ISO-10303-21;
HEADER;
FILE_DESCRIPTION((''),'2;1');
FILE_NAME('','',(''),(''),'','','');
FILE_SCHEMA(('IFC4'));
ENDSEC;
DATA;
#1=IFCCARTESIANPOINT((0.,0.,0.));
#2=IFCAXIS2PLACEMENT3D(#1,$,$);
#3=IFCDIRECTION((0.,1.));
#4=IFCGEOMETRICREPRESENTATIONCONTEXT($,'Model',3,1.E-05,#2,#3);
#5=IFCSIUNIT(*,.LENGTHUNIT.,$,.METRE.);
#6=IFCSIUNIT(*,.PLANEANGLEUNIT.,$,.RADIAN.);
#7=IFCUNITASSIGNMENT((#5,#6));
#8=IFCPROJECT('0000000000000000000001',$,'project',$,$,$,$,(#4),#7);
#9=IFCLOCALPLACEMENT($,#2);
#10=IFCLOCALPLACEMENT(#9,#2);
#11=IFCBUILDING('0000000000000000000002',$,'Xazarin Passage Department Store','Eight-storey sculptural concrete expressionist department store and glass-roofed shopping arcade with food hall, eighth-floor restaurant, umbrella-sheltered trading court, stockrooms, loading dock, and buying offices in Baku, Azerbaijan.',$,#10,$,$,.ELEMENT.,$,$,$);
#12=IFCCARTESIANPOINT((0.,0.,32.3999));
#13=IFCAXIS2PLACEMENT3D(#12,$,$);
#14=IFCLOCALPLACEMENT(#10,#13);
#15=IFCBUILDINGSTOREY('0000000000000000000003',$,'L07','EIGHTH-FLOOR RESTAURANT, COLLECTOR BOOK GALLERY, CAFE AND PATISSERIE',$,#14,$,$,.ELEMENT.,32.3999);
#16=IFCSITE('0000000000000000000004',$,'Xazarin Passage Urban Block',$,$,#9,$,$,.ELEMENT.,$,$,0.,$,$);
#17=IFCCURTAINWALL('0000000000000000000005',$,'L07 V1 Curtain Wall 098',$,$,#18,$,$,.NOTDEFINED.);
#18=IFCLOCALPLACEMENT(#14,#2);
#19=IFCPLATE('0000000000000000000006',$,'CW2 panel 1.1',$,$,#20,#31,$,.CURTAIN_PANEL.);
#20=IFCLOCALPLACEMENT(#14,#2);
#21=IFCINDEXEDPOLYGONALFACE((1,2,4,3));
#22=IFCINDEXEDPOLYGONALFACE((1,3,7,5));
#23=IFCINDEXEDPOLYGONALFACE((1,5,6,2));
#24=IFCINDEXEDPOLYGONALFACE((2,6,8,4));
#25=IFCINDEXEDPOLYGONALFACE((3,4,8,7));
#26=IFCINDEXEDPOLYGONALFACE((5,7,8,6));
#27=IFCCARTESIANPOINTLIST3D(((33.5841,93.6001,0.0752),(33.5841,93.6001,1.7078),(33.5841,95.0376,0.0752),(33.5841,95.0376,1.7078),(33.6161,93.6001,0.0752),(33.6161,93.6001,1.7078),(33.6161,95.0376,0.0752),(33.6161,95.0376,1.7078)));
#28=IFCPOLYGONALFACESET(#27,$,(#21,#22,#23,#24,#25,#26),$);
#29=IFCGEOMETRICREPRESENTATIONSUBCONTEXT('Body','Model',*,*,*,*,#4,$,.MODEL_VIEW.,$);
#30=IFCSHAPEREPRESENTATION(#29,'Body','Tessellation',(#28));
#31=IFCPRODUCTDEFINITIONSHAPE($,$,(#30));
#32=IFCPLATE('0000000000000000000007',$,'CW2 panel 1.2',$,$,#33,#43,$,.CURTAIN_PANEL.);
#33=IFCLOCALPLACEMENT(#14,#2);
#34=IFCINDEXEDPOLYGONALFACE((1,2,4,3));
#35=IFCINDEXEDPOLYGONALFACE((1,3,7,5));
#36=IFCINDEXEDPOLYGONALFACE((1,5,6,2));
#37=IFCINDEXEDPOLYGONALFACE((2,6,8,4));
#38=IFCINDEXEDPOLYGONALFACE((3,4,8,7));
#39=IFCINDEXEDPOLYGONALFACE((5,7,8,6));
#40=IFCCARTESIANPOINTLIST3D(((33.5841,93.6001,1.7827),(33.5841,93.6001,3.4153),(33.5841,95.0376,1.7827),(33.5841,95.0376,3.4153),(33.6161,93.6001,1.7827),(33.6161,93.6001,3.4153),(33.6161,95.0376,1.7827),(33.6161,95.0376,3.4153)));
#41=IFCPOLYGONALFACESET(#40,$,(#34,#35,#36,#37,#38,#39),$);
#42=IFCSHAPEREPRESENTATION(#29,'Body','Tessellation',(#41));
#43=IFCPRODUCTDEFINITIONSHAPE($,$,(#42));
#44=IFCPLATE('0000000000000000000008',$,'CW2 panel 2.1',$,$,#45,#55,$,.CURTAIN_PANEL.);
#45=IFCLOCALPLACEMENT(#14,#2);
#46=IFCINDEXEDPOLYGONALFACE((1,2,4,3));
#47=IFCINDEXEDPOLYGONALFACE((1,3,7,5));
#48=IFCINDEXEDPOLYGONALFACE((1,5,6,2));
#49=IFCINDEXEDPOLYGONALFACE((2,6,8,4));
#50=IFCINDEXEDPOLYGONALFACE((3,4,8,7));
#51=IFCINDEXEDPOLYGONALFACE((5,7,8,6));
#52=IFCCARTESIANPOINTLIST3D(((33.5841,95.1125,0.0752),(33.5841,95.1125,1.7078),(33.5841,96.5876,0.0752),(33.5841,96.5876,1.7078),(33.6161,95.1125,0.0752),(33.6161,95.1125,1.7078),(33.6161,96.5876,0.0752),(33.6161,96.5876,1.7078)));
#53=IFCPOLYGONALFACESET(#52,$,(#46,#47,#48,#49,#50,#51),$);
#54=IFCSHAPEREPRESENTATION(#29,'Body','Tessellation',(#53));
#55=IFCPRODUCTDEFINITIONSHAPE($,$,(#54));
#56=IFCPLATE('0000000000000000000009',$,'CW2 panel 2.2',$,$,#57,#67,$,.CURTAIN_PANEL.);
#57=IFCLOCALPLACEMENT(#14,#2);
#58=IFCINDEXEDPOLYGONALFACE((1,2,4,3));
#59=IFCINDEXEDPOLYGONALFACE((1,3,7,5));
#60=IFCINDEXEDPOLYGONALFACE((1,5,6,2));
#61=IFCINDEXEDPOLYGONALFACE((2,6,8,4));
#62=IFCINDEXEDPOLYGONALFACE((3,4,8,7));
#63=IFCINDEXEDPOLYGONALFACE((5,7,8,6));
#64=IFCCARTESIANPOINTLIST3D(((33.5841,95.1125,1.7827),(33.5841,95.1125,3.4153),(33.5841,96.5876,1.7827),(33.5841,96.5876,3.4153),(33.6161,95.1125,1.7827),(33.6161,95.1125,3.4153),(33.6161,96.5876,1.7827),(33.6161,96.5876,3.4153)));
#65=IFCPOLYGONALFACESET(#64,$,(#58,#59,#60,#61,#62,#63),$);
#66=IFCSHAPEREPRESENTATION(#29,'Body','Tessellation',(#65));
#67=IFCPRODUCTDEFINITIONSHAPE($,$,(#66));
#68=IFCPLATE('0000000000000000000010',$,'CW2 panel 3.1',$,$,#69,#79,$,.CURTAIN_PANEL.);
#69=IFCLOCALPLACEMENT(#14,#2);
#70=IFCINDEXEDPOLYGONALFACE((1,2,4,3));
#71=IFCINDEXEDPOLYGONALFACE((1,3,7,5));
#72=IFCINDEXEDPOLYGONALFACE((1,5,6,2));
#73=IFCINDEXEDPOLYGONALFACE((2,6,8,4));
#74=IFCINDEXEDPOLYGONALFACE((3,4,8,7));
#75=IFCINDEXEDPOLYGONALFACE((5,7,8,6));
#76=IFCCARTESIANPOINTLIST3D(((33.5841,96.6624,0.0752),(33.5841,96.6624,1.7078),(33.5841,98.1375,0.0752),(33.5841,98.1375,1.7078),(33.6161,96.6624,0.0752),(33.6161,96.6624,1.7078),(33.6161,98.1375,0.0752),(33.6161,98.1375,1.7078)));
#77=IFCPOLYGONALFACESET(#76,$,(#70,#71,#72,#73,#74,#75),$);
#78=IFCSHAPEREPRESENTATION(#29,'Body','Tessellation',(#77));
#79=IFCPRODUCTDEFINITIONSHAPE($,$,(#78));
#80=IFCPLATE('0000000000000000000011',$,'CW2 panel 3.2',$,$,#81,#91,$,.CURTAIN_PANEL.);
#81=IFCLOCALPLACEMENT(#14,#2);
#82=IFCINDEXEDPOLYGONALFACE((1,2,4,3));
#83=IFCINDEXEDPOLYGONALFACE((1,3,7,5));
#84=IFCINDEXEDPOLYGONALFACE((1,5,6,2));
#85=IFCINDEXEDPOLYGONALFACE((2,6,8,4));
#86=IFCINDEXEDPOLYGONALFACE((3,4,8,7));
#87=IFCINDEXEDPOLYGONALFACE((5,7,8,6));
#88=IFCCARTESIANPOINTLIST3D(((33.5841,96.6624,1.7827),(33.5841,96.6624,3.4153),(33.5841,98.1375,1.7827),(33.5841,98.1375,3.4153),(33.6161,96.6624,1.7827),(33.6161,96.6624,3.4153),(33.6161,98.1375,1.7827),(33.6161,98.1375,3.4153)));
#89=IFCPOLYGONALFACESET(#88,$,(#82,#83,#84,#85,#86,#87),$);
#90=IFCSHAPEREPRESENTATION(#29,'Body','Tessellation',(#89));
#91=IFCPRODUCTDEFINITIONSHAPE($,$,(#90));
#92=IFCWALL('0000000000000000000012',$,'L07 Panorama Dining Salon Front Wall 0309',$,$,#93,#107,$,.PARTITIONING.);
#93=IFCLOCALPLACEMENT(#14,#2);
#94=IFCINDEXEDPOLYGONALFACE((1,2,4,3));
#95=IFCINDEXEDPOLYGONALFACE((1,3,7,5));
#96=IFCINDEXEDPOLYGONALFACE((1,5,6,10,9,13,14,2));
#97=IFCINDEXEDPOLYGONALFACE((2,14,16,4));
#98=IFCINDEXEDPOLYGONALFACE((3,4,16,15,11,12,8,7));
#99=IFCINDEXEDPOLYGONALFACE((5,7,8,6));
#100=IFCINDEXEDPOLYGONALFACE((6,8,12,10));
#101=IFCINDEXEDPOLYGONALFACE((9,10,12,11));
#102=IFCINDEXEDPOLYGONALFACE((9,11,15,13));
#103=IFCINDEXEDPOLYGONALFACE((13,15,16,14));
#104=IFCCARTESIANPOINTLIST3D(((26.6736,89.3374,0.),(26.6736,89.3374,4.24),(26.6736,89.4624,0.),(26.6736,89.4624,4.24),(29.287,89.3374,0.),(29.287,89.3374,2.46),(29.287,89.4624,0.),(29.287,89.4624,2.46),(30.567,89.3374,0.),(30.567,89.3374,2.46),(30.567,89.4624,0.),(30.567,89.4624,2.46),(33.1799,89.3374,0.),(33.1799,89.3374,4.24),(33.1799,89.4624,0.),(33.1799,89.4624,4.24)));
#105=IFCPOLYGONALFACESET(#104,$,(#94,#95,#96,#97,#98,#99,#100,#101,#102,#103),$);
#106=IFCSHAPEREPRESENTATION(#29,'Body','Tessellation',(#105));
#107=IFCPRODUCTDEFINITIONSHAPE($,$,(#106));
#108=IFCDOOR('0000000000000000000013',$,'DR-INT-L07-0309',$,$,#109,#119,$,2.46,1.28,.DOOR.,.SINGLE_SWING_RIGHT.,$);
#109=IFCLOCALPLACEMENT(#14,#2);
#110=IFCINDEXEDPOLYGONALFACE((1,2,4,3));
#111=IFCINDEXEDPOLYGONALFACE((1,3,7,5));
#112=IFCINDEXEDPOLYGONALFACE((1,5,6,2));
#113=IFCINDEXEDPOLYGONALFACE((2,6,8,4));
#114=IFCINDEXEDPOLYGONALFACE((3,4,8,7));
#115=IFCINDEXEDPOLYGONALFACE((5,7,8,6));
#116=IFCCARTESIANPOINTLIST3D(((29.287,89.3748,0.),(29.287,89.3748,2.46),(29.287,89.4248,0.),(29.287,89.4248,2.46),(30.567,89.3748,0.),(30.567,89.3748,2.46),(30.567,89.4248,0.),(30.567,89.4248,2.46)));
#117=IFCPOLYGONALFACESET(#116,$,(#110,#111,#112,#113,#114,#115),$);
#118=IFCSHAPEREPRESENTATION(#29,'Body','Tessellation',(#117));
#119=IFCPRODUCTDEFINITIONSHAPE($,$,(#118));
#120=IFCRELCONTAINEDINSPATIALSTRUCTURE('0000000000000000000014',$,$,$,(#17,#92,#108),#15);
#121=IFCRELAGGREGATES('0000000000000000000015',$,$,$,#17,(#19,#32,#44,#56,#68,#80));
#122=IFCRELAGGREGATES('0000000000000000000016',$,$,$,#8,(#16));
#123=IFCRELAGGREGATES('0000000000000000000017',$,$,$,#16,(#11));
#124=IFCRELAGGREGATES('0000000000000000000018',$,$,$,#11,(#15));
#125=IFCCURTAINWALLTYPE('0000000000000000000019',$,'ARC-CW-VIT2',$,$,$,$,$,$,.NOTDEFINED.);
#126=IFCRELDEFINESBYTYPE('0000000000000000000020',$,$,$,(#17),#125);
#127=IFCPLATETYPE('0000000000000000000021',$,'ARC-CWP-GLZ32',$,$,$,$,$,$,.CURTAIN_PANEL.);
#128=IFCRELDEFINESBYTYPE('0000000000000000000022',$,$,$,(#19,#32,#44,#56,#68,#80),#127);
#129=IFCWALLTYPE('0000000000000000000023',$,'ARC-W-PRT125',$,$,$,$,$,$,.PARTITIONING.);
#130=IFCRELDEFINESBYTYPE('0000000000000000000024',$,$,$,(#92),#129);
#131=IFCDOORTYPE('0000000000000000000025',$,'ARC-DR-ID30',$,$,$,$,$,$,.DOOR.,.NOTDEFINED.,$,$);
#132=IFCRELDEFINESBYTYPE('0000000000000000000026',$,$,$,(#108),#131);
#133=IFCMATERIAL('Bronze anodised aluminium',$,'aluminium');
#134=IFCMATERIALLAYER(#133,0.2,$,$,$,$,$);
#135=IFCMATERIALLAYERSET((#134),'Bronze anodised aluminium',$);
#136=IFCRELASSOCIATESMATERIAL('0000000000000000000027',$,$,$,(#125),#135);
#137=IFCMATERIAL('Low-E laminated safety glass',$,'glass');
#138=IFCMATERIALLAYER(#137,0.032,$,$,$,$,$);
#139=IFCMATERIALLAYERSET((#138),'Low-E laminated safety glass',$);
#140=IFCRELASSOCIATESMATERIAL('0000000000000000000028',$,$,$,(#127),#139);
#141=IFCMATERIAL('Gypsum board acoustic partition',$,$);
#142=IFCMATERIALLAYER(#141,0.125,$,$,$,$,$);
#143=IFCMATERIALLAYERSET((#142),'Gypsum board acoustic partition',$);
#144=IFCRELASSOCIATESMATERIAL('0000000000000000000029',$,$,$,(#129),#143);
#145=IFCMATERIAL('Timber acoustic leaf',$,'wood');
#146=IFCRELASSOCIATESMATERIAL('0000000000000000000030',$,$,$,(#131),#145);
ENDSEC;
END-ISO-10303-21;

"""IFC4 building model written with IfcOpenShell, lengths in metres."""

from ifc_helpers import new_model, si_unit, direction, frame, frame_2d, origin, origin_2d, place, context, subcontext, project, spatial, rectangle, extrude, material, layer, layer_set, type_object, element, fill, aggregate, save


model = new_model("IFC4")

# Units and contexts
model_context = context("Model", 3, precision=1e-05, world=origin(), true_north=direction((0.0, 1.0)))
body_context = subcontext(model_context, "Body", "Model", "MODEL_VIEW")
ifc_project = project(units=[si_unit("LENGTHUNIT", "METRE"), si_unit("PLANEANGLEUNIT", "RADIAN")], contexts=[model_context])

# Site, building, storey
site_placement = place(None, origin())
site = spatial("IfcSite", under=ifc_project, at=site_placement, Name="Xazarin Passage Urban Block", CompositionType="ELEMENT", RefElevation=0.0)
building_placement = place(site_placement, origin())
building = spatial("IfcBuilding", under=site, at=building_placement, Name="Xazarin Passage Department Store", Description="Eight-storey sculptural concrete expressionist department store and glass-roofed shopping arcade with food hall, eighth-floor restaurant, umbrella-sheltered trading court, stockrooms, loading dock, and buying offices in Baku, Azerbaijan.", CompositionType="ELEMENT")
storey_placement = place(building_placement, frame((0.0, 0.0, 32.3999)))
storey = spatial("IfcBuildingStorey", under=building, at=storey_placement, Name="L07", Description="EIGHTH-FLOOR RESTAURANT, COLLECTOR BOOK GALLERY, CAFE AND PATISSERIE", CompositionType="ELEMENT", Elevation=32.3999)

# Curtain wall
ifc_material_1 = material(Name="Bronze anodised aluminium", Category="aluminium")
ifc_layer_1 = layer(ifc_material_1, 0.2)
ifc_layer_set_1 = layer_set([ifc_layer_1], Name="Bronze anodised aluminium")
curtain_wall_type = type_object("IfcCurtainWallType", Name="ARC-CW-VIT2", PredefinedType="NOTDEFINED", material=ifc_layer_set_1)
curtain_wall_placement = place(storey_placement, origin())
curtain_wall = element("IfcCurtainWall", 1, at=curtain_wall_placement, inside=storey, type_object=curtain_wall_type, Name="L07 V1 Curtain Wall 098", PredefinedType="NOTDEFINED")

# Plates
ifc_material_2 = material(Name="Low-E laminated safety glass", Category="glass")
ifc_layer_2 = layer(ifc_material_2, 0.032)
ifc_layer_set_2 = layer_set([ifc_layer_2], Name="Low-E laminated safety glass")
plate_type = type_object("IfcPlateType", Name="ARC-CWP-GLZ32", PredefinedType="CURTAIN_PANEL", material=ifc_layer_set_2)
plate_1_placement = place(storey_placement, frame((33.6001, 94.3188, 0.0752), z_axis=(0.0, 0.0, 1.0), x_axis=(0.0, 1.0, 0.0)))
plate_1 = element("IfcPlate", 2, at=plate_1_placement, type_object=plate_type, Name="CW2 panel 1.1", PredefinedType="CURTAIN_PANEL", context=body_context, shape_type="SweptSolid", body=[
    extrude(rectangle(XDim=1.4375, YDim=0.032, at=origin_2d()), origin(), (0.0, 0.0, 1.0), 1.6326),
])
plate_2_placement = place(storey_placement, frame((33.6001, 94.3188, 1.7827), z_axis=(0.0, 0.0, 1.0), x_axis=(0.0, 1.0, 0.0)))
plate_2 = element("IfcPlate", 3, at=plate_2_placement, type_object=plate_type, Name="CW2 panel 1.2", PredefinedType="CURTAIN_PANEL", context=body_context, shape_type="SweptSolid", body=[
    extrude(rectangle(XDim=1.4375, YDim=0.032, at=origin_2d()), origin(), (0.0, 0.0, 1.0), 1.6326),
])
plate_3_placement = place(storey_placement, frame((33.6001, 95.8501, 0.0752), z_axis=(0.0, 0.0, 1.0), x_axis=(0.0, 1.0, 0.0)))
plate_3 = element("IfcPlate", 4, at=plate_3_placement, type_object=plate_type, Name="CW2 panel 2.1", PredefinedType="CURTAIN_PANEL", context=body_context, shape_type="SweptSolid", body=[
    extrude(rectangle(XDim=1.4751, YDim=0.032, at=origin_2d()), origin(), (0.0, 0.0, 1.0), 1.6326),
])
plate_4_placement = place(storey_placement, frame((33.6001, 95.8501, 1.7827), z_axis=(0.0, 0.0, 1.0), x_axis=(0.0, 1.0, 0.0)))
plate_4 = element("IfcPlate", 5, at=plate_4_placement, type_object=plate_type, Name="CW2 panel 2.2", PredefinedType="CURTAIN_PANEL", context=body_context, shape_type="SweptSolid", body=[
    extrude(rectangle(XDim=1.4751, YDim=0.032, at=origin_2d()), origin(), (0.0, 0.0, 1.0), 1.6326),
])
plate_5_placement = place(storey_placement, frame((33.6001, 97.3999, 0.0752), z_axis=(0.0, 0.0, 1.0), x_axis=(0.0, 1.0, 0.0)))
plate_5 = element("IfcPlate", 6, at=plate_5_placement, type_object=plate_type, Name="CW2 panel 3.1", PredefinedType="CURTAIN_PANEL", context=body_context, shape_type="SweptSolid", body=[
    extrude(rectangle(XDim=1.4751, YDim=0.032, at=origin_2d()), origin(), (0.0, 0.0, 1.0), 1.6326),
])
plate_6_placement = place(storey_placement, frame((33.6001, 97.3999, 1.7827), z_axis=(0.0, 0.0, 1.0), x_axis=(0.0, 1.0, 0.0)))
plate_6 = element("IfcPlate", 7, at=plate_6_placement, type_object=plate_type, Name="CW2 panel 3.2", PredefinedType="CURTAIN_PANEL", context=body_context, shape_type="SweptSolid", body=[
    extrude(rectangle(XDim=1.4751, YDim=0.032, at=origin_2d()), origin(), (0.0, 0.0, 1.0), 1.6326),
])
aggregate(curtain_wall, [plate_1, plate_2, plate_3, plate_4, plate_5, plate_6])

# Wall, opening, door
ifc_material_3 = material(Name="Gypsum board acoustic partition")
ifc_layer_3 = layer(ifc_material_3, 0.125)
ifc_layer_set_3 = layer_set([ifc_layer_3], Name="Gypsum board acoustic partition")
wall_type = type_object("IfcWallType", Name="ARC-W-PRT125", PredefinedType="PARTITIONING", material=ifc_layer_set_3)
wall_placement = place(storey_placement, frame((26.6736, 89.3999, 0.0), z_axis=(0.0, 0.0, 1.0), x_axis=(1.0, 0.0, 0.0)))
wall = element("IfcWall", 8, at=wall_placement, inside=storey, type_object=wall_type, Name="L07 Panorama Dining Salon Front Wall 0309", PredefinedType="PARTITIONING", context=body_context, shape_type="SweptSolid", body=[
    extrude(rectangle(XDim=6.5063, YDim=0.125, at=frame_2d((3.2532, 0.0))), origin(), (0.0, 0.0, 1.0), 4.24),
])
opening_placement = place(wall_placement, frame((2.6133, 0.0, 0.0)))
opening = element("IfcOpeningElement", 9, at=opening_placement, cuts=wall, PredefinedType="OPENING", context=body_context, shape_type="SweptSolid", body=[
    extrude(rectangle(XDim=1.28, YDim=2.46, at=frame_2d((0.6401, 1.23))), frame((0.0, 0.0725, 0.0), z_axis=(0.0, -1.0, 0.0), x_axis=(1.0, 0.0, 0.0)), (0.0, 0.0, 1.0), 0.145),
])
ifc_material_4 = material(Name="Timber acoustic leaf", Category="wood")
door_type = type_object("IfcDoorType", Name="ARC-DR-ID30", OperationType="NOTDEFINED", PredefinedType="DOOR", material=ifc_material_4)
door_placement = place(opening_placement, origin())
door = element("IfcDoor", 10, at=door_placement, inside=storey, type_object=door_type, Name="DR-INT-L07-0309", OperationType="SINGLE_SWING_RIGHT", OverallHeight=2.46, OverallWidth=1.28, PredefinedType="DOOR", context=body_context, shape_type="SweptSolid", body=[
    extrude(rectangle(XDim=1.28, YDim=2.46, at=frame_2d((0.6401, 1.23))), frame((0.0, 0.0249, 0.0), z_axis=(0.0, -1.0, 0.0), x_axis=(1.0, 0.0, 0.0)), (0.0, 0.0, 1.0), 0.05),
])
fill(opening, door)

save(model, "model.ifc")
